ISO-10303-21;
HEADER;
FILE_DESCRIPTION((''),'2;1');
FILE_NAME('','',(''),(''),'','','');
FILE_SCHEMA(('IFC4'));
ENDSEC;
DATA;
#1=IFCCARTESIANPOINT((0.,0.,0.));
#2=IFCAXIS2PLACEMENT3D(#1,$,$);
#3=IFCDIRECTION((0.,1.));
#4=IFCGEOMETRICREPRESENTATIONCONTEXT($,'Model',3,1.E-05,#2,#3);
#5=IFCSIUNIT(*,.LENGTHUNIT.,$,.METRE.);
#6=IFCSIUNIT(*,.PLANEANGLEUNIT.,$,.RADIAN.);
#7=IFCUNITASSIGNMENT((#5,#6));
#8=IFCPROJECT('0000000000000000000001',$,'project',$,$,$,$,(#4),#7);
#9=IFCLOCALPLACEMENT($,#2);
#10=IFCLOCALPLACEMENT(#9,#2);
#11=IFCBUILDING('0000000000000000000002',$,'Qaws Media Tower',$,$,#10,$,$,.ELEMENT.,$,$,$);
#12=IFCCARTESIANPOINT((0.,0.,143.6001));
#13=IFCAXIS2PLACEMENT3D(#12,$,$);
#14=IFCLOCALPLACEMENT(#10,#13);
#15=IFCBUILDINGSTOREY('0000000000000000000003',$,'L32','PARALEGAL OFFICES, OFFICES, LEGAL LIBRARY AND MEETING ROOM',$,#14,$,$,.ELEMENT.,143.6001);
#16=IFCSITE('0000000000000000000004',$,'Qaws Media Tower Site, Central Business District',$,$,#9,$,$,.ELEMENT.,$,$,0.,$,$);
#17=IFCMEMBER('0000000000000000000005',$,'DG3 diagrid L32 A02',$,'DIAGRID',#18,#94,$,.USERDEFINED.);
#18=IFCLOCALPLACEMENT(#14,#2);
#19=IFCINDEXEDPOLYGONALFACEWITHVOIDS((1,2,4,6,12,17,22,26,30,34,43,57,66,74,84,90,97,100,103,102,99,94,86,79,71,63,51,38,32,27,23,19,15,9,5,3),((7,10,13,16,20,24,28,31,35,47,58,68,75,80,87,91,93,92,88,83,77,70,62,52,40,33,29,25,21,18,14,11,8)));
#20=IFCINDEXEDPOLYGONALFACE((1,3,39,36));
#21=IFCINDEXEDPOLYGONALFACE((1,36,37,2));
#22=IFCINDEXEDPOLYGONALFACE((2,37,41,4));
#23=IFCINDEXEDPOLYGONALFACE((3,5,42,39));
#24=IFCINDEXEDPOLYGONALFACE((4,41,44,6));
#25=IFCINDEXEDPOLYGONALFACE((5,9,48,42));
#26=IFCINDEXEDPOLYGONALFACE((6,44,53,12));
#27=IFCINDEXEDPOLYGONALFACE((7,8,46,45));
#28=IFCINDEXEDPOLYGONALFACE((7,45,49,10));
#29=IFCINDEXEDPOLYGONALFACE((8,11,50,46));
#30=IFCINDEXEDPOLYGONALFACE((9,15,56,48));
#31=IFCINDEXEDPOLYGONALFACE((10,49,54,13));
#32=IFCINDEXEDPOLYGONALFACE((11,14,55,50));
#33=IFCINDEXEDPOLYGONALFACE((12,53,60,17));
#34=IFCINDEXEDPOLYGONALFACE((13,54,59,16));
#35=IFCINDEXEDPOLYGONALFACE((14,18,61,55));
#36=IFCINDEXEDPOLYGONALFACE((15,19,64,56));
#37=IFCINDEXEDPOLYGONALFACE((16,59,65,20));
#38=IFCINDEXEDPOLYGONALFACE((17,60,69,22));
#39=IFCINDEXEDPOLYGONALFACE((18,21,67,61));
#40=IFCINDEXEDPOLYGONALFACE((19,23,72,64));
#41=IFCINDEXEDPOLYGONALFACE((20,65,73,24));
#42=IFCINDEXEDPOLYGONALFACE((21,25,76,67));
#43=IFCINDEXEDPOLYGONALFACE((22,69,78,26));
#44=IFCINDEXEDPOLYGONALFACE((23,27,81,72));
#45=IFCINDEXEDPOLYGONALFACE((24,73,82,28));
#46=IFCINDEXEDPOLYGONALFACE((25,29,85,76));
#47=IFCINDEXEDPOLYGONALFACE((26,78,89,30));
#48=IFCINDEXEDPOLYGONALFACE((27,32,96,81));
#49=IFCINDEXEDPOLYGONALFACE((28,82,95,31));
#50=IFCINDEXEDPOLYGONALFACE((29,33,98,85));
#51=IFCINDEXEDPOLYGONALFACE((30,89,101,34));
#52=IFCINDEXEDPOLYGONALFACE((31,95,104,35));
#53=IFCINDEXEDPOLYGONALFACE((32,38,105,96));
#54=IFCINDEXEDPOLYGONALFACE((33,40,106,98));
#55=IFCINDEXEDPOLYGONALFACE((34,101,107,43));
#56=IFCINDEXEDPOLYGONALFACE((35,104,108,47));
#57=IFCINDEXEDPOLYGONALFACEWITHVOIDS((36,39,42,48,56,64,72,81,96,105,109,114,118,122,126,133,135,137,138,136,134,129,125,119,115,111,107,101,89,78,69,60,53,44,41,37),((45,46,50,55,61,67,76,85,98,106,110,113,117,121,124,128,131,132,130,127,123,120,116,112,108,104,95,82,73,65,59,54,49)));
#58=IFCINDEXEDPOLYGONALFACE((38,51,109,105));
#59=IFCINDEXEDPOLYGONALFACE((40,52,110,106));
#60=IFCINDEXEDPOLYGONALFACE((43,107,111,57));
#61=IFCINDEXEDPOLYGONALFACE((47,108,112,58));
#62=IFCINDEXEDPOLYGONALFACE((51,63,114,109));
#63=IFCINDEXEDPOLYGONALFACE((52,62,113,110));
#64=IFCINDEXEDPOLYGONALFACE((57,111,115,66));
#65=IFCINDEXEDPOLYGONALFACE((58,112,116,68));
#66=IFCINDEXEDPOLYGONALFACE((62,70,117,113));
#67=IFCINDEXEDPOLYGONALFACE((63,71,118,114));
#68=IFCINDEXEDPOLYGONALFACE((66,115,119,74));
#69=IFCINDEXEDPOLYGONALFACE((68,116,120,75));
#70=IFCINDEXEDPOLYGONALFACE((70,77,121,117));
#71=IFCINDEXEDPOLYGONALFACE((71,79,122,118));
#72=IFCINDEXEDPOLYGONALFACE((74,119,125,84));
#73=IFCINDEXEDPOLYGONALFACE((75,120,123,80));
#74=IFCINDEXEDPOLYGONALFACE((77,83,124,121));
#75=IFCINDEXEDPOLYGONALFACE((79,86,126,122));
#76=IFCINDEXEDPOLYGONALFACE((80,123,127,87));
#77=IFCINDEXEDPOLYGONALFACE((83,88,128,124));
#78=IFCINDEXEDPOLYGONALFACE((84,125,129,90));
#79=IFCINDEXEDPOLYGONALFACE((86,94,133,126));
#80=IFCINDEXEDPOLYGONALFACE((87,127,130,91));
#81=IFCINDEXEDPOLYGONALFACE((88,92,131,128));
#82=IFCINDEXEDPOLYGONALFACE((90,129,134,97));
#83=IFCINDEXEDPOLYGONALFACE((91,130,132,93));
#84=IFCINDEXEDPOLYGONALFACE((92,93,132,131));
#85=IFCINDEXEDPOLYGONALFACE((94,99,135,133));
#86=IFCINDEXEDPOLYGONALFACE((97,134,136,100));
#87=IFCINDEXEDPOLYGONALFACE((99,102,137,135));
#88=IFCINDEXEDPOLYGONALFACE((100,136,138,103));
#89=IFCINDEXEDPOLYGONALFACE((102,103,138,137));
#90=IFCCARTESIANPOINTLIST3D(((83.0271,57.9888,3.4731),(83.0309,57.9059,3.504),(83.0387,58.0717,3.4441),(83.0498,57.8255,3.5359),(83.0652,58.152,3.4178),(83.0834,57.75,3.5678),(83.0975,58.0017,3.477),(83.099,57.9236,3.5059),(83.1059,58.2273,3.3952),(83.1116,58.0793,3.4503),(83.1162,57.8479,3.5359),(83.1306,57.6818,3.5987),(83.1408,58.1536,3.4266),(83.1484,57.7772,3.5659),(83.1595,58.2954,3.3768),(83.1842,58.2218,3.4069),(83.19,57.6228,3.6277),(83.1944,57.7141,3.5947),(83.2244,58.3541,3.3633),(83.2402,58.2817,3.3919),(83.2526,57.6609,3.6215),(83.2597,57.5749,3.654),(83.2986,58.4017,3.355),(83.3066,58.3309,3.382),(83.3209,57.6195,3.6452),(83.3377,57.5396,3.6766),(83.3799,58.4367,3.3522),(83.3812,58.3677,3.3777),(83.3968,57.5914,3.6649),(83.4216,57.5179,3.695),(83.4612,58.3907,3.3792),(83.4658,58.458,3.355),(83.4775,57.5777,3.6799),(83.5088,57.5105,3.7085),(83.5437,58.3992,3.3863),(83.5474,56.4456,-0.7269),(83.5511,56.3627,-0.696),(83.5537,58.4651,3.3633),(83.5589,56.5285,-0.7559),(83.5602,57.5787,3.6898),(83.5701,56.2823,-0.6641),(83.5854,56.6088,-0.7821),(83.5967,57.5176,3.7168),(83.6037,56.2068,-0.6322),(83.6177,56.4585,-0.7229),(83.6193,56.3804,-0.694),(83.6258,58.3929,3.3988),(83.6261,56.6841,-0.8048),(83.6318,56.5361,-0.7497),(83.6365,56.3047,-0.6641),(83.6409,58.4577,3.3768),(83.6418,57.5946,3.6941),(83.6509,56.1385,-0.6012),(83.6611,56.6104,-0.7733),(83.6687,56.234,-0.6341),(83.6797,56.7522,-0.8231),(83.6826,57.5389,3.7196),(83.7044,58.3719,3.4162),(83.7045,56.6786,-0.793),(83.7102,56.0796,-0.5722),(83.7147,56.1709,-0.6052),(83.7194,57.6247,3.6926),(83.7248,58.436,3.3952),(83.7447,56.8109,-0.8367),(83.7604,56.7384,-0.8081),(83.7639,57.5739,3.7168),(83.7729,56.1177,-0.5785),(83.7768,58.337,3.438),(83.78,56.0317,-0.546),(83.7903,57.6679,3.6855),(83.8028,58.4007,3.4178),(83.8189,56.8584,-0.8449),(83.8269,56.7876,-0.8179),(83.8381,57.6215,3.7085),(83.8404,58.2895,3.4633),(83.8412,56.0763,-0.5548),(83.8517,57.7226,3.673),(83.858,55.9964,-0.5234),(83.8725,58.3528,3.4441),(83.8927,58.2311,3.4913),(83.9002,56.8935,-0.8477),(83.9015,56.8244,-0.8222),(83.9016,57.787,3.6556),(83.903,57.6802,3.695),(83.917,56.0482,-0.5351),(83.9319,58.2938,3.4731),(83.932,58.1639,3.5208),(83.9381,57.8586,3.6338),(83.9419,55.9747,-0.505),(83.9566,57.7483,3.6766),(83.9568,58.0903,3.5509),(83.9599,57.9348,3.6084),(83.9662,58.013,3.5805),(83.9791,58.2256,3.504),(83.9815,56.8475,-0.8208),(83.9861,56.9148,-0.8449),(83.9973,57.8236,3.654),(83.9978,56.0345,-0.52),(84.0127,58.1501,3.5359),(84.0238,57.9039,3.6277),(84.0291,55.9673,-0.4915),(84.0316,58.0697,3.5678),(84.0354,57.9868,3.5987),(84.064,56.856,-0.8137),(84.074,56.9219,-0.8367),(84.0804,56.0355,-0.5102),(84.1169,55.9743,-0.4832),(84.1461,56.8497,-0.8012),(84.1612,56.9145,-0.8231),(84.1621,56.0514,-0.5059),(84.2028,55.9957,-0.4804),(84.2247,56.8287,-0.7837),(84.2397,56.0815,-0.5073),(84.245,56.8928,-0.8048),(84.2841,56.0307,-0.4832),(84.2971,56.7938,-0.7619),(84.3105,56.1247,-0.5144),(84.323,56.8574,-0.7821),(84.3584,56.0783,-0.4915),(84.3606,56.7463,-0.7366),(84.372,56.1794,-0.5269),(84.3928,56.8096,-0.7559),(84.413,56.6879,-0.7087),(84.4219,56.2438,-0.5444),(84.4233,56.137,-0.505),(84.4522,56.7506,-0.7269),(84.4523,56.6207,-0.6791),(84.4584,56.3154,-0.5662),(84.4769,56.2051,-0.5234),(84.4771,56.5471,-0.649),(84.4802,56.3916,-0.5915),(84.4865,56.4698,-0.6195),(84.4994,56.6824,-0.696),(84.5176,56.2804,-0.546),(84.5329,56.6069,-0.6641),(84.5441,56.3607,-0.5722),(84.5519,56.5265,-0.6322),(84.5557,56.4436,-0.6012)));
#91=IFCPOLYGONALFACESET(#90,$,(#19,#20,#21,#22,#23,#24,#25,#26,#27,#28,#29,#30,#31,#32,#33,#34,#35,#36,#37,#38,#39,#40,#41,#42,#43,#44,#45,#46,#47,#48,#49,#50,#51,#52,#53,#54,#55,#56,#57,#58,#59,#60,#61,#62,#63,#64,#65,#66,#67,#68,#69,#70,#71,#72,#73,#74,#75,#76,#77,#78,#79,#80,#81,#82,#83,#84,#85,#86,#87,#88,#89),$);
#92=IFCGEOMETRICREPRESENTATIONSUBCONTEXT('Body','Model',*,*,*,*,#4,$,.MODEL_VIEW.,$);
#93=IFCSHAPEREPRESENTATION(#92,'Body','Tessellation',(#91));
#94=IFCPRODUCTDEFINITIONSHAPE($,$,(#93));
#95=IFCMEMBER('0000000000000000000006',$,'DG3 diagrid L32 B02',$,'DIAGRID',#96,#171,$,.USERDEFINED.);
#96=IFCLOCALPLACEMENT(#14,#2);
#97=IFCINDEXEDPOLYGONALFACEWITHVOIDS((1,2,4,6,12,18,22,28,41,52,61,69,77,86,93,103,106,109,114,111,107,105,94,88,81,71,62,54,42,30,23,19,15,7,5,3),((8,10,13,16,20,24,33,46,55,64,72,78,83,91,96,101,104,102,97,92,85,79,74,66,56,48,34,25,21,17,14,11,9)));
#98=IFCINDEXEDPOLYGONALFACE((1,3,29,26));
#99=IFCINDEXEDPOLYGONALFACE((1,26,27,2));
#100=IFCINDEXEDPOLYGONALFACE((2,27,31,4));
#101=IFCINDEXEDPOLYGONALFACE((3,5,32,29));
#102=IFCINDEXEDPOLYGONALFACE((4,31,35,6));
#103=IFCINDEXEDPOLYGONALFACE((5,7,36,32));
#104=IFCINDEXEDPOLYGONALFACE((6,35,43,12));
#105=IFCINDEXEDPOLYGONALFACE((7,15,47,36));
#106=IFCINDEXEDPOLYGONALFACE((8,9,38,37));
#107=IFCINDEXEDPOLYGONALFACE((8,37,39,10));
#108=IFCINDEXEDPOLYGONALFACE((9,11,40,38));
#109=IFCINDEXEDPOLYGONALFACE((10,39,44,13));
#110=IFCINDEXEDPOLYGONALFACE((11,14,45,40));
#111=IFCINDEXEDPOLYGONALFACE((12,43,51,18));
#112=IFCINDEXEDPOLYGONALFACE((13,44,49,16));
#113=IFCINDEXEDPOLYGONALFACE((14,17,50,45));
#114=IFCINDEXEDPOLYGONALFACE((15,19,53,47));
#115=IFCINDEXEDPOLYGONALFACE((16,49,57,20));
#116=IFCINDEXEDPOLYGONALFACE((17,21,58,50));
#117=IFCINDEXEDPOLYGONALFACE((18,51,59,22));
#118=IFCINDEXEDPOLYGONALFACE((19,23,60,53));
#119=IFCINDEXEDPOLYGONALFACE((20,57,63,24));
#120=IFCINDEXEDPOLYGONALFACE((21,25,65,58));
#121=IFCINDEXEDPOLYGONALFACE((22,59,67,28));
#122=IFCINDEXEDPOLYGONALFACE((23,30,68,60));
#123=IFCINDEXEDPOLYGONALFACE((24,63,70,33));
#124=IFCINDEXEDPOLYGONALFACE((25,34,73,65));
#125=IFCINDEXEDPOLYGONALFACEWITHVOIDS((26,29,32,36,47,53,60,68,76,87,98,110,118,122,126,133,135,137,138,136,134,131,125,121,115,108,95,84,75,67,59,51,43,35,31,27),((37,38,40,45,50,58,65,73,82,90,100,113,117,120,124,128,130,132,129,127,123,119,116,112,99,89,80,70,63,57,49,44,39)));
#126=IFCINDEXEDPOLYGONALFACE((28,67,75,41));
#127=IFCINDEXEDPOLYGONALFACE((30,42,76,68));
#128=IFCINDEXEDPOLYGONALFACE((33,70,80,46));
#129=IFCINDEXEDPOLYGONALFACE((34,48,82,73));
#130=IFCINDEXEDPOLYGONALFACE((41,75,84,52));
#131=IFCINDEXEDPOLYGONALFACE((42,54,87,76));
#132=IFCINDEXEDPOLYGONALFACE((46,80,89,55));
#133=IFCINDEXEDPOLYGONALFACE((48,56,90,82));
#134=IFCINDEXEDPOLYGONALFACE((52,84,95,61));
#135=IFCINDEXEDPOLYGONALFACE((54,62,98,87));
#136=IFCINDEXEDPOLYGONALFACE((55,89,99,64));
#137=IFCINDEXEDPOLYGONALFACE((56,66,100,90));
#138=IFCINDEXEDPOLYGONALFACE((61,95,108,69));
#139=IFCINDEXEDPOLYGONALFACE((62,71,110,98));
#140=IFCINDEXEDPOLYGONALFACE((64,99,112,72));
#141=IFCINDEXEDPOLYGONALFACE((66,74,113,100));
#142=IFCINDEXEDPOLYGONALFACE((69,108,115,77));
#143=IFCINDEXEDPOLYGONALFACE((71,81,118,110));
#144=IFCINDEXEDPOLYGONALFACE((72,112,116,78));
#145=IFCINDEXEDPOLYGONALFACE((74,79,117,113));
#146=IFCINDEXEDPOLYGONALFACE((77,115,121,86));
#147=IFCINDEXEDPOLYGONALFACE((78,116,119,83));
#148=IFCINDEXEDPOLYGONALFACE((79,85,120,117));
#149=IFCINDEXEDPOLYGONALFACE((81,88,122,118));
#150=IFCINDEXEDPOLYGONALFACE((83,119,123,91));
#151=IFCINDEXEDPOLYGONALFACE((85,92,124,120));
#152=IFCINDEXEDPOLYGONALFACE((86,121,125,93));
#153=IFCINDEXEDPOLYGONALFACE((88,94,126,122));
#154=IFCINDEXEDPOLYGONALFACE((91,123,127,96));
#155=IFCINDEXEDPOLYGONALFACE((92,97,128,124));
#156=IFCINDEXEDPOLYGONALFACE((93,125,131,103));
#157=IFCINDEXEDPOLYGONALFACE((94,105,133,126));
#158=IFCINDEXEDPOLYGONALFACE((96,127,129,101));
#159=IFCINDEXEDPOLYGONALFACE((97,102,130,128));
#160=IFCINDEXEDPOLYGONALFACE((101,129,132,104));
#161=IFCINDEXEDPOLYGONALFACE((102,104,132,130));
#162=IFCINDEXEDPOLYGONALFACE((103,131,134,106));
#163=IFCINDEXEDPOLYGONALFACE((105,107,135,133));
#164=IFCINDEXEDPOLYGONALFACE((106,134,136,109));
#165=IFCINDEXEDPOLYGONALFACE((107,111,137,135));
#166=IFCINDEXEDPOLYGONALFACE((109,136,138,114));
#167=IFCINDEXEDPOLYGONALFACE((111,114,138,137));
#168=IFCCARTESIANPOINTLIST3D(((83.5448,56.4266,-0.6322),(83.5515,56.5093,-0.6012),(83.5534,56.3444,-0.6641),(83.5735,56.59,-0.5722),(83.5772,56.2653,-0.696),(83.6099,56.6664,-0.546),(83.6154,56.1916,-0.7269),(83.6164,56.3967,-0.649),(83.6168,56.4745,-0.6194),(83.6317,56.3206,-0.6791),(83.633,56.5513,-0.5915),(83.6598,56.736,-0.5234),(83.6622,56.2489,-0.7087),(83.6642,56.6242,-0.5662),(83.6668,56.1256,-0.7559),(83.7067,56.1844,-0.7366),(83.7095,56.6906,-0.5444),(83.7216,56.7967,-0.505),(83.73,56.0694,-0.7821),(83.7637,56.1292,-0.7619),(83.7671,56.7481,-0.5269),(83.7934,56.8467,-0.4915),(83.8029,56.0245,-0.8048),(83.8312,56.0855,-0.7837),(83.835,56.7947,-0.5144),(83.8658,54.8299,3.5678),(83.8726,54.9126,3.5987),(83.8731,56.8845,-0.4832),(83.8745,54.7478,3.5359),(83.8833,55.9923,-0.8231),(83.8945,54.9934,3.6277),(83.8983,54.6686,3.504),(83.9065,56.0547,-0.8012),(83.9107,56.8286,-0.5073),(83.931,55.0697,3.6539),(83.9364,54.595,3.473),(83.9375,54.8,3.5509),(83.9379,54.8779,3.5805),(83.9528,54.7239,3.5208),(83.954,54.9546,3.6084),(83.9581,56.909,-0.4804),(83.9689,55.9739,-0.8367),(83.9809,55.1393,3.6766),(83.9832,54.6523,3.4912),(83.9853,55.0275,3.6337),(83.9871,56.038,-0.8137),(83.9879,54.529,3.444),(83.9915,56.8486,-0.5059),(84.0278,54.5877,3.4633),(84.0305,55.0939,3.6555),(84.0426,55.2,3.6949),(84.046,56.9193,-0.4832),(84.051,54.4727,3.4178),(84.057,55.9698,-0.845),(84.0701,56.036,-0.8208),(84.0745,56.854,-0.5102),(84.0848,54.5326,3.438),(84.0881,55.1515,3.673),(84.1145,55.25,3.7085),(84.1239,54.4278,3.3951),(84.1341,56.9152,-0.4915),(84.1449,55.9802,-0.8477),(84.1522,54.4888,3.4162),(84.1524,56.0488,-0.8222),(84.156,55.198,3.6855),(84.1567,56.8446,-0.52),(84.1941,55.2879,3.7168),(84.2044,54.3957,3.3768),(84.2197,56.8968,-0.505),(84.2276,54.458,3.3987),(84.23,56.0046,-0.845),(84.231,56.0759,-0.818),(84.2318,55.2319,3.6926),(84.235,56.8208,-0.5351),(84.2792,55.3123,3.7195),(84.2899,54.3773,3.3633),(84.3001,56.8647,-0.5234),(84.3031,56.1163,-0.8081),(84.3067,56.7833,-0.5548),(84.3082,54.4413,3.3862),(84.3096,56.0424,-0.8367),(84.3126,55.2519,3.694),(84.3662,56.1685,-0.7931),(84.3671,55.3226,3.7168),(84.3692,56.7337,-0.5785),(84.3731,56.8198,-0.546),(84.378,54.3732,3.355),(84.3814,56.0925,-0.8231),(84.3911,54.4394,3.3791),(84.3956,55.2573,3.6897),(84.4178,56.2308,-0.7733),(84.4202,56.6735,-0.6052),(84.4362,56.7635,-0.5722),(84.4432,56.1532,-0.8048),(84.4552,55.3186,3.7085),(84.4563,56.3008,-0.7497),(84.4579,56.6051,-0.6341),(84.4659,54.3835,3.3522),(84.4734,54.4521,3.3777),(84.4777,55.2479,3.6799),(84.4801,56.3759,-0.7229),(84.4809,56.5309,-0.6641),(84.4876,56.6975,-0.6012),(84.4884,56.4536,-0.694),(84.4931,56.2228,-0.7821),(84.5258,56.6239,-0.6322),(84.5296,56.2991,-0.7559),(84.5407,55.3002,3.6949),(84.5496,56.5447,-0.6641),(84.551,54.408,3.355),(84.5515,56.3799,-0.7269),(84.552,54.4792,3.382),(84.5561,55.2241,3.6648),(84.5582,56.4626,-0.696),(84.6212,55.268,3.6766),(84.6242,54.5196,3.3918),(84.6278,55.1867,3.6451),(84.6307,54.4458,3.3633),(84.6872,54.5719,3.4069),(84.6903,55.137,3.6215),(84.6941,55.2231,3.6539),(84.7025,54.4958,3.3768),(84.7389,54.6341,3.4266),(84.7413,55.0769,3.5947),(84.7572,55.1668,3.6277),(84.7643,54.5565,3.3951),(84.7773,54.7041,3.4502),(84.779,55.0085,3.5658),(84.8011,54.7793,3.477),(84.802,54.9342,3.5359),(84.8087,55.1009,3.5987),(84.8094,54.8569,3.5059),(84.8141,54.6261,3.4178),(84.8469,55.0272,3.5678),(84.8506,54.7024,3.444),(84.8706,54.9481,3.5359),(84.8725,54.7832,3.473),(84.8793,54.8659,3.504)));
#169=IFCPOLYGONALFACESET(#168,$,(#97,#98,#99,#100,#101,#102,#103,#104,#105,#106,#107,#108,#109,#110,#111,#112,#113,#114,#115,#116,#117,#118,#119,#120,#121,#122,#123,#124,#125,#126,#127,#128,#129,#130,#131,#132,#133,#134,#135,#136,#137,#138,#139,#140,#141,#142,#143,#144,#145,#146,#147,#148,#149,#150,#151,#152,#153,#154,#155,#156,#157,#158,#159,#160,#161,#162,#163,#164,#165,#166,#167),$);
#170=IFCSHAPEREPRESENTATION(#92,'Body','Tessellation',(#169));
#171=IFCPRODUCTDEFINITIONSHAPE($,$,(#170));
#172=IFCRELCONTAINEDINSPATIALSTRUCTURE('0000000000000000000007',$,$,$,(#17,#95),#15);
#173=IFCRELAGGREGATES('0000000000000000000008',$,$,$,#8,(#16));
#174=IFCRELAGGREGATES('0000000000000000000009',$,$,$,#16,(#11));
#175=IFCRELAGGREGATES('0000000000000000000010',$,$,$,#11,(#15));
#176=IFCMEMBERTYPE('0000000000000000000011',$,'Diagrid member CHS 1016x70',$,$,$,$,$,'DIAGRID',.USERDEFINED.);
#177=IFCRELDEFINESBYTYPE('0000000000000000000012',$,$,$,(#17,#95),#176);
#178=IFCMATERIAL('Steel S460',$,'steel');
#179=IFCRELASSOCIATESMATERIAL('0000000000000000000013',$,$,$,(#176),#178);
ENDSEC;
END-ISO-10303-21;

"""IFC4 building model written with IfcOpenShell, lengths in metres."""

from ifc_helpers import new_model, si_unit, direction, frame, origin, origin_2d, place, context, subcontext, project, spatial, hollow_circle, extrude, material, material_profile, profile_set, type_object, element, save


model = new_model("IFC4")

# Units and contexts
model_context = context("Model", 3, precision=1e-05, world=origin(), true_north=direction((0.0, 1.0)))
body_context = subcontext(model_context, "Body", "Model", "MODEL_VIEW")
ifc_project = project(units=[si_unit("LENGTHUNIT", "METRE"), si_unit("PLANEANGLEUNIT", "RADIAN")], contexts=[model_context])

# Site, building, storey
site_placement = place(None, origin())
site = spatial("IfcSite", under=ifc_project, at=site_placement, Name="Qaws Media Tower Site, Central Business District", CompositionType="ELEMENT", RefElevation=0.0)
building_placement = place(site_placement, origin())
building = spatial("IfcBuilding", under=site, at=building_placement, Name="Qaws Media Tower", CompositionType="ELEMENT")
storey_placement = place(building_placement, frame((0.0, 0.0, 143.6001)))
storey = spatial("IfcBuildingStorey", under=building, at=storey_placement, Name="L32", Description="PARALEGAL OFFICES, OFFICES, LEGAL LIBRARY AND MEETING ROOM", CompositionType="ELEMENT", Elevation=143.6001)

# Members
ifc_material_1 = material(Name="Steel S460", Category="steel")
ifc_material_profile_1 = material_profile(ifc_material_1, hollow_circle(Radius=0.5081, WallThickness=0.0701, at=origin_2d()), Name="CHS 1016x70")
ifc_profile_set_1 = profile_set([ifc_material_profile_1], Name="Steel S460")
member_type_1 = type_object("IfcMemberType", Name="Diagrid member CHS 1016x70", ElementType="DIAGRID", PredefinedType="USERDEFINED", material=ifc_profile_set_1)
for number, where, z_axis, x_axis, name in (
    (1, (84.0515, 56.4446, -0.6641), (-0.115495, 0.342583, 0.932361), (-0.947598, -0.319464, 0.0), "DG3 diagrid L32 A02"),
    (2, (84.0515, 56.4446, -0.6641), (0.071269, -0.35445, 0.932355), (0.980378, 0.197125, 0.0), "DG3 diagrid L32 B02"),
):
    element("IfcMember", number, at=place(storey_placement, frame(where, z_axis=z_axis, x_axis=x_axis)), inside=storey, type_object=member_type_1, Name=name, ObjectType="DIAGRID", PredefinedType="USERDEFINED", context=body_context, shape_type="SweptSolid", body=[
        extrude(hollow_circle(Radius=0.5081, WallThickness=0.0701, at=origin_2d()), origin(), (0.0, 0.0, 1.0), 4.5046),
    ])

save(model, "model.ifc")
